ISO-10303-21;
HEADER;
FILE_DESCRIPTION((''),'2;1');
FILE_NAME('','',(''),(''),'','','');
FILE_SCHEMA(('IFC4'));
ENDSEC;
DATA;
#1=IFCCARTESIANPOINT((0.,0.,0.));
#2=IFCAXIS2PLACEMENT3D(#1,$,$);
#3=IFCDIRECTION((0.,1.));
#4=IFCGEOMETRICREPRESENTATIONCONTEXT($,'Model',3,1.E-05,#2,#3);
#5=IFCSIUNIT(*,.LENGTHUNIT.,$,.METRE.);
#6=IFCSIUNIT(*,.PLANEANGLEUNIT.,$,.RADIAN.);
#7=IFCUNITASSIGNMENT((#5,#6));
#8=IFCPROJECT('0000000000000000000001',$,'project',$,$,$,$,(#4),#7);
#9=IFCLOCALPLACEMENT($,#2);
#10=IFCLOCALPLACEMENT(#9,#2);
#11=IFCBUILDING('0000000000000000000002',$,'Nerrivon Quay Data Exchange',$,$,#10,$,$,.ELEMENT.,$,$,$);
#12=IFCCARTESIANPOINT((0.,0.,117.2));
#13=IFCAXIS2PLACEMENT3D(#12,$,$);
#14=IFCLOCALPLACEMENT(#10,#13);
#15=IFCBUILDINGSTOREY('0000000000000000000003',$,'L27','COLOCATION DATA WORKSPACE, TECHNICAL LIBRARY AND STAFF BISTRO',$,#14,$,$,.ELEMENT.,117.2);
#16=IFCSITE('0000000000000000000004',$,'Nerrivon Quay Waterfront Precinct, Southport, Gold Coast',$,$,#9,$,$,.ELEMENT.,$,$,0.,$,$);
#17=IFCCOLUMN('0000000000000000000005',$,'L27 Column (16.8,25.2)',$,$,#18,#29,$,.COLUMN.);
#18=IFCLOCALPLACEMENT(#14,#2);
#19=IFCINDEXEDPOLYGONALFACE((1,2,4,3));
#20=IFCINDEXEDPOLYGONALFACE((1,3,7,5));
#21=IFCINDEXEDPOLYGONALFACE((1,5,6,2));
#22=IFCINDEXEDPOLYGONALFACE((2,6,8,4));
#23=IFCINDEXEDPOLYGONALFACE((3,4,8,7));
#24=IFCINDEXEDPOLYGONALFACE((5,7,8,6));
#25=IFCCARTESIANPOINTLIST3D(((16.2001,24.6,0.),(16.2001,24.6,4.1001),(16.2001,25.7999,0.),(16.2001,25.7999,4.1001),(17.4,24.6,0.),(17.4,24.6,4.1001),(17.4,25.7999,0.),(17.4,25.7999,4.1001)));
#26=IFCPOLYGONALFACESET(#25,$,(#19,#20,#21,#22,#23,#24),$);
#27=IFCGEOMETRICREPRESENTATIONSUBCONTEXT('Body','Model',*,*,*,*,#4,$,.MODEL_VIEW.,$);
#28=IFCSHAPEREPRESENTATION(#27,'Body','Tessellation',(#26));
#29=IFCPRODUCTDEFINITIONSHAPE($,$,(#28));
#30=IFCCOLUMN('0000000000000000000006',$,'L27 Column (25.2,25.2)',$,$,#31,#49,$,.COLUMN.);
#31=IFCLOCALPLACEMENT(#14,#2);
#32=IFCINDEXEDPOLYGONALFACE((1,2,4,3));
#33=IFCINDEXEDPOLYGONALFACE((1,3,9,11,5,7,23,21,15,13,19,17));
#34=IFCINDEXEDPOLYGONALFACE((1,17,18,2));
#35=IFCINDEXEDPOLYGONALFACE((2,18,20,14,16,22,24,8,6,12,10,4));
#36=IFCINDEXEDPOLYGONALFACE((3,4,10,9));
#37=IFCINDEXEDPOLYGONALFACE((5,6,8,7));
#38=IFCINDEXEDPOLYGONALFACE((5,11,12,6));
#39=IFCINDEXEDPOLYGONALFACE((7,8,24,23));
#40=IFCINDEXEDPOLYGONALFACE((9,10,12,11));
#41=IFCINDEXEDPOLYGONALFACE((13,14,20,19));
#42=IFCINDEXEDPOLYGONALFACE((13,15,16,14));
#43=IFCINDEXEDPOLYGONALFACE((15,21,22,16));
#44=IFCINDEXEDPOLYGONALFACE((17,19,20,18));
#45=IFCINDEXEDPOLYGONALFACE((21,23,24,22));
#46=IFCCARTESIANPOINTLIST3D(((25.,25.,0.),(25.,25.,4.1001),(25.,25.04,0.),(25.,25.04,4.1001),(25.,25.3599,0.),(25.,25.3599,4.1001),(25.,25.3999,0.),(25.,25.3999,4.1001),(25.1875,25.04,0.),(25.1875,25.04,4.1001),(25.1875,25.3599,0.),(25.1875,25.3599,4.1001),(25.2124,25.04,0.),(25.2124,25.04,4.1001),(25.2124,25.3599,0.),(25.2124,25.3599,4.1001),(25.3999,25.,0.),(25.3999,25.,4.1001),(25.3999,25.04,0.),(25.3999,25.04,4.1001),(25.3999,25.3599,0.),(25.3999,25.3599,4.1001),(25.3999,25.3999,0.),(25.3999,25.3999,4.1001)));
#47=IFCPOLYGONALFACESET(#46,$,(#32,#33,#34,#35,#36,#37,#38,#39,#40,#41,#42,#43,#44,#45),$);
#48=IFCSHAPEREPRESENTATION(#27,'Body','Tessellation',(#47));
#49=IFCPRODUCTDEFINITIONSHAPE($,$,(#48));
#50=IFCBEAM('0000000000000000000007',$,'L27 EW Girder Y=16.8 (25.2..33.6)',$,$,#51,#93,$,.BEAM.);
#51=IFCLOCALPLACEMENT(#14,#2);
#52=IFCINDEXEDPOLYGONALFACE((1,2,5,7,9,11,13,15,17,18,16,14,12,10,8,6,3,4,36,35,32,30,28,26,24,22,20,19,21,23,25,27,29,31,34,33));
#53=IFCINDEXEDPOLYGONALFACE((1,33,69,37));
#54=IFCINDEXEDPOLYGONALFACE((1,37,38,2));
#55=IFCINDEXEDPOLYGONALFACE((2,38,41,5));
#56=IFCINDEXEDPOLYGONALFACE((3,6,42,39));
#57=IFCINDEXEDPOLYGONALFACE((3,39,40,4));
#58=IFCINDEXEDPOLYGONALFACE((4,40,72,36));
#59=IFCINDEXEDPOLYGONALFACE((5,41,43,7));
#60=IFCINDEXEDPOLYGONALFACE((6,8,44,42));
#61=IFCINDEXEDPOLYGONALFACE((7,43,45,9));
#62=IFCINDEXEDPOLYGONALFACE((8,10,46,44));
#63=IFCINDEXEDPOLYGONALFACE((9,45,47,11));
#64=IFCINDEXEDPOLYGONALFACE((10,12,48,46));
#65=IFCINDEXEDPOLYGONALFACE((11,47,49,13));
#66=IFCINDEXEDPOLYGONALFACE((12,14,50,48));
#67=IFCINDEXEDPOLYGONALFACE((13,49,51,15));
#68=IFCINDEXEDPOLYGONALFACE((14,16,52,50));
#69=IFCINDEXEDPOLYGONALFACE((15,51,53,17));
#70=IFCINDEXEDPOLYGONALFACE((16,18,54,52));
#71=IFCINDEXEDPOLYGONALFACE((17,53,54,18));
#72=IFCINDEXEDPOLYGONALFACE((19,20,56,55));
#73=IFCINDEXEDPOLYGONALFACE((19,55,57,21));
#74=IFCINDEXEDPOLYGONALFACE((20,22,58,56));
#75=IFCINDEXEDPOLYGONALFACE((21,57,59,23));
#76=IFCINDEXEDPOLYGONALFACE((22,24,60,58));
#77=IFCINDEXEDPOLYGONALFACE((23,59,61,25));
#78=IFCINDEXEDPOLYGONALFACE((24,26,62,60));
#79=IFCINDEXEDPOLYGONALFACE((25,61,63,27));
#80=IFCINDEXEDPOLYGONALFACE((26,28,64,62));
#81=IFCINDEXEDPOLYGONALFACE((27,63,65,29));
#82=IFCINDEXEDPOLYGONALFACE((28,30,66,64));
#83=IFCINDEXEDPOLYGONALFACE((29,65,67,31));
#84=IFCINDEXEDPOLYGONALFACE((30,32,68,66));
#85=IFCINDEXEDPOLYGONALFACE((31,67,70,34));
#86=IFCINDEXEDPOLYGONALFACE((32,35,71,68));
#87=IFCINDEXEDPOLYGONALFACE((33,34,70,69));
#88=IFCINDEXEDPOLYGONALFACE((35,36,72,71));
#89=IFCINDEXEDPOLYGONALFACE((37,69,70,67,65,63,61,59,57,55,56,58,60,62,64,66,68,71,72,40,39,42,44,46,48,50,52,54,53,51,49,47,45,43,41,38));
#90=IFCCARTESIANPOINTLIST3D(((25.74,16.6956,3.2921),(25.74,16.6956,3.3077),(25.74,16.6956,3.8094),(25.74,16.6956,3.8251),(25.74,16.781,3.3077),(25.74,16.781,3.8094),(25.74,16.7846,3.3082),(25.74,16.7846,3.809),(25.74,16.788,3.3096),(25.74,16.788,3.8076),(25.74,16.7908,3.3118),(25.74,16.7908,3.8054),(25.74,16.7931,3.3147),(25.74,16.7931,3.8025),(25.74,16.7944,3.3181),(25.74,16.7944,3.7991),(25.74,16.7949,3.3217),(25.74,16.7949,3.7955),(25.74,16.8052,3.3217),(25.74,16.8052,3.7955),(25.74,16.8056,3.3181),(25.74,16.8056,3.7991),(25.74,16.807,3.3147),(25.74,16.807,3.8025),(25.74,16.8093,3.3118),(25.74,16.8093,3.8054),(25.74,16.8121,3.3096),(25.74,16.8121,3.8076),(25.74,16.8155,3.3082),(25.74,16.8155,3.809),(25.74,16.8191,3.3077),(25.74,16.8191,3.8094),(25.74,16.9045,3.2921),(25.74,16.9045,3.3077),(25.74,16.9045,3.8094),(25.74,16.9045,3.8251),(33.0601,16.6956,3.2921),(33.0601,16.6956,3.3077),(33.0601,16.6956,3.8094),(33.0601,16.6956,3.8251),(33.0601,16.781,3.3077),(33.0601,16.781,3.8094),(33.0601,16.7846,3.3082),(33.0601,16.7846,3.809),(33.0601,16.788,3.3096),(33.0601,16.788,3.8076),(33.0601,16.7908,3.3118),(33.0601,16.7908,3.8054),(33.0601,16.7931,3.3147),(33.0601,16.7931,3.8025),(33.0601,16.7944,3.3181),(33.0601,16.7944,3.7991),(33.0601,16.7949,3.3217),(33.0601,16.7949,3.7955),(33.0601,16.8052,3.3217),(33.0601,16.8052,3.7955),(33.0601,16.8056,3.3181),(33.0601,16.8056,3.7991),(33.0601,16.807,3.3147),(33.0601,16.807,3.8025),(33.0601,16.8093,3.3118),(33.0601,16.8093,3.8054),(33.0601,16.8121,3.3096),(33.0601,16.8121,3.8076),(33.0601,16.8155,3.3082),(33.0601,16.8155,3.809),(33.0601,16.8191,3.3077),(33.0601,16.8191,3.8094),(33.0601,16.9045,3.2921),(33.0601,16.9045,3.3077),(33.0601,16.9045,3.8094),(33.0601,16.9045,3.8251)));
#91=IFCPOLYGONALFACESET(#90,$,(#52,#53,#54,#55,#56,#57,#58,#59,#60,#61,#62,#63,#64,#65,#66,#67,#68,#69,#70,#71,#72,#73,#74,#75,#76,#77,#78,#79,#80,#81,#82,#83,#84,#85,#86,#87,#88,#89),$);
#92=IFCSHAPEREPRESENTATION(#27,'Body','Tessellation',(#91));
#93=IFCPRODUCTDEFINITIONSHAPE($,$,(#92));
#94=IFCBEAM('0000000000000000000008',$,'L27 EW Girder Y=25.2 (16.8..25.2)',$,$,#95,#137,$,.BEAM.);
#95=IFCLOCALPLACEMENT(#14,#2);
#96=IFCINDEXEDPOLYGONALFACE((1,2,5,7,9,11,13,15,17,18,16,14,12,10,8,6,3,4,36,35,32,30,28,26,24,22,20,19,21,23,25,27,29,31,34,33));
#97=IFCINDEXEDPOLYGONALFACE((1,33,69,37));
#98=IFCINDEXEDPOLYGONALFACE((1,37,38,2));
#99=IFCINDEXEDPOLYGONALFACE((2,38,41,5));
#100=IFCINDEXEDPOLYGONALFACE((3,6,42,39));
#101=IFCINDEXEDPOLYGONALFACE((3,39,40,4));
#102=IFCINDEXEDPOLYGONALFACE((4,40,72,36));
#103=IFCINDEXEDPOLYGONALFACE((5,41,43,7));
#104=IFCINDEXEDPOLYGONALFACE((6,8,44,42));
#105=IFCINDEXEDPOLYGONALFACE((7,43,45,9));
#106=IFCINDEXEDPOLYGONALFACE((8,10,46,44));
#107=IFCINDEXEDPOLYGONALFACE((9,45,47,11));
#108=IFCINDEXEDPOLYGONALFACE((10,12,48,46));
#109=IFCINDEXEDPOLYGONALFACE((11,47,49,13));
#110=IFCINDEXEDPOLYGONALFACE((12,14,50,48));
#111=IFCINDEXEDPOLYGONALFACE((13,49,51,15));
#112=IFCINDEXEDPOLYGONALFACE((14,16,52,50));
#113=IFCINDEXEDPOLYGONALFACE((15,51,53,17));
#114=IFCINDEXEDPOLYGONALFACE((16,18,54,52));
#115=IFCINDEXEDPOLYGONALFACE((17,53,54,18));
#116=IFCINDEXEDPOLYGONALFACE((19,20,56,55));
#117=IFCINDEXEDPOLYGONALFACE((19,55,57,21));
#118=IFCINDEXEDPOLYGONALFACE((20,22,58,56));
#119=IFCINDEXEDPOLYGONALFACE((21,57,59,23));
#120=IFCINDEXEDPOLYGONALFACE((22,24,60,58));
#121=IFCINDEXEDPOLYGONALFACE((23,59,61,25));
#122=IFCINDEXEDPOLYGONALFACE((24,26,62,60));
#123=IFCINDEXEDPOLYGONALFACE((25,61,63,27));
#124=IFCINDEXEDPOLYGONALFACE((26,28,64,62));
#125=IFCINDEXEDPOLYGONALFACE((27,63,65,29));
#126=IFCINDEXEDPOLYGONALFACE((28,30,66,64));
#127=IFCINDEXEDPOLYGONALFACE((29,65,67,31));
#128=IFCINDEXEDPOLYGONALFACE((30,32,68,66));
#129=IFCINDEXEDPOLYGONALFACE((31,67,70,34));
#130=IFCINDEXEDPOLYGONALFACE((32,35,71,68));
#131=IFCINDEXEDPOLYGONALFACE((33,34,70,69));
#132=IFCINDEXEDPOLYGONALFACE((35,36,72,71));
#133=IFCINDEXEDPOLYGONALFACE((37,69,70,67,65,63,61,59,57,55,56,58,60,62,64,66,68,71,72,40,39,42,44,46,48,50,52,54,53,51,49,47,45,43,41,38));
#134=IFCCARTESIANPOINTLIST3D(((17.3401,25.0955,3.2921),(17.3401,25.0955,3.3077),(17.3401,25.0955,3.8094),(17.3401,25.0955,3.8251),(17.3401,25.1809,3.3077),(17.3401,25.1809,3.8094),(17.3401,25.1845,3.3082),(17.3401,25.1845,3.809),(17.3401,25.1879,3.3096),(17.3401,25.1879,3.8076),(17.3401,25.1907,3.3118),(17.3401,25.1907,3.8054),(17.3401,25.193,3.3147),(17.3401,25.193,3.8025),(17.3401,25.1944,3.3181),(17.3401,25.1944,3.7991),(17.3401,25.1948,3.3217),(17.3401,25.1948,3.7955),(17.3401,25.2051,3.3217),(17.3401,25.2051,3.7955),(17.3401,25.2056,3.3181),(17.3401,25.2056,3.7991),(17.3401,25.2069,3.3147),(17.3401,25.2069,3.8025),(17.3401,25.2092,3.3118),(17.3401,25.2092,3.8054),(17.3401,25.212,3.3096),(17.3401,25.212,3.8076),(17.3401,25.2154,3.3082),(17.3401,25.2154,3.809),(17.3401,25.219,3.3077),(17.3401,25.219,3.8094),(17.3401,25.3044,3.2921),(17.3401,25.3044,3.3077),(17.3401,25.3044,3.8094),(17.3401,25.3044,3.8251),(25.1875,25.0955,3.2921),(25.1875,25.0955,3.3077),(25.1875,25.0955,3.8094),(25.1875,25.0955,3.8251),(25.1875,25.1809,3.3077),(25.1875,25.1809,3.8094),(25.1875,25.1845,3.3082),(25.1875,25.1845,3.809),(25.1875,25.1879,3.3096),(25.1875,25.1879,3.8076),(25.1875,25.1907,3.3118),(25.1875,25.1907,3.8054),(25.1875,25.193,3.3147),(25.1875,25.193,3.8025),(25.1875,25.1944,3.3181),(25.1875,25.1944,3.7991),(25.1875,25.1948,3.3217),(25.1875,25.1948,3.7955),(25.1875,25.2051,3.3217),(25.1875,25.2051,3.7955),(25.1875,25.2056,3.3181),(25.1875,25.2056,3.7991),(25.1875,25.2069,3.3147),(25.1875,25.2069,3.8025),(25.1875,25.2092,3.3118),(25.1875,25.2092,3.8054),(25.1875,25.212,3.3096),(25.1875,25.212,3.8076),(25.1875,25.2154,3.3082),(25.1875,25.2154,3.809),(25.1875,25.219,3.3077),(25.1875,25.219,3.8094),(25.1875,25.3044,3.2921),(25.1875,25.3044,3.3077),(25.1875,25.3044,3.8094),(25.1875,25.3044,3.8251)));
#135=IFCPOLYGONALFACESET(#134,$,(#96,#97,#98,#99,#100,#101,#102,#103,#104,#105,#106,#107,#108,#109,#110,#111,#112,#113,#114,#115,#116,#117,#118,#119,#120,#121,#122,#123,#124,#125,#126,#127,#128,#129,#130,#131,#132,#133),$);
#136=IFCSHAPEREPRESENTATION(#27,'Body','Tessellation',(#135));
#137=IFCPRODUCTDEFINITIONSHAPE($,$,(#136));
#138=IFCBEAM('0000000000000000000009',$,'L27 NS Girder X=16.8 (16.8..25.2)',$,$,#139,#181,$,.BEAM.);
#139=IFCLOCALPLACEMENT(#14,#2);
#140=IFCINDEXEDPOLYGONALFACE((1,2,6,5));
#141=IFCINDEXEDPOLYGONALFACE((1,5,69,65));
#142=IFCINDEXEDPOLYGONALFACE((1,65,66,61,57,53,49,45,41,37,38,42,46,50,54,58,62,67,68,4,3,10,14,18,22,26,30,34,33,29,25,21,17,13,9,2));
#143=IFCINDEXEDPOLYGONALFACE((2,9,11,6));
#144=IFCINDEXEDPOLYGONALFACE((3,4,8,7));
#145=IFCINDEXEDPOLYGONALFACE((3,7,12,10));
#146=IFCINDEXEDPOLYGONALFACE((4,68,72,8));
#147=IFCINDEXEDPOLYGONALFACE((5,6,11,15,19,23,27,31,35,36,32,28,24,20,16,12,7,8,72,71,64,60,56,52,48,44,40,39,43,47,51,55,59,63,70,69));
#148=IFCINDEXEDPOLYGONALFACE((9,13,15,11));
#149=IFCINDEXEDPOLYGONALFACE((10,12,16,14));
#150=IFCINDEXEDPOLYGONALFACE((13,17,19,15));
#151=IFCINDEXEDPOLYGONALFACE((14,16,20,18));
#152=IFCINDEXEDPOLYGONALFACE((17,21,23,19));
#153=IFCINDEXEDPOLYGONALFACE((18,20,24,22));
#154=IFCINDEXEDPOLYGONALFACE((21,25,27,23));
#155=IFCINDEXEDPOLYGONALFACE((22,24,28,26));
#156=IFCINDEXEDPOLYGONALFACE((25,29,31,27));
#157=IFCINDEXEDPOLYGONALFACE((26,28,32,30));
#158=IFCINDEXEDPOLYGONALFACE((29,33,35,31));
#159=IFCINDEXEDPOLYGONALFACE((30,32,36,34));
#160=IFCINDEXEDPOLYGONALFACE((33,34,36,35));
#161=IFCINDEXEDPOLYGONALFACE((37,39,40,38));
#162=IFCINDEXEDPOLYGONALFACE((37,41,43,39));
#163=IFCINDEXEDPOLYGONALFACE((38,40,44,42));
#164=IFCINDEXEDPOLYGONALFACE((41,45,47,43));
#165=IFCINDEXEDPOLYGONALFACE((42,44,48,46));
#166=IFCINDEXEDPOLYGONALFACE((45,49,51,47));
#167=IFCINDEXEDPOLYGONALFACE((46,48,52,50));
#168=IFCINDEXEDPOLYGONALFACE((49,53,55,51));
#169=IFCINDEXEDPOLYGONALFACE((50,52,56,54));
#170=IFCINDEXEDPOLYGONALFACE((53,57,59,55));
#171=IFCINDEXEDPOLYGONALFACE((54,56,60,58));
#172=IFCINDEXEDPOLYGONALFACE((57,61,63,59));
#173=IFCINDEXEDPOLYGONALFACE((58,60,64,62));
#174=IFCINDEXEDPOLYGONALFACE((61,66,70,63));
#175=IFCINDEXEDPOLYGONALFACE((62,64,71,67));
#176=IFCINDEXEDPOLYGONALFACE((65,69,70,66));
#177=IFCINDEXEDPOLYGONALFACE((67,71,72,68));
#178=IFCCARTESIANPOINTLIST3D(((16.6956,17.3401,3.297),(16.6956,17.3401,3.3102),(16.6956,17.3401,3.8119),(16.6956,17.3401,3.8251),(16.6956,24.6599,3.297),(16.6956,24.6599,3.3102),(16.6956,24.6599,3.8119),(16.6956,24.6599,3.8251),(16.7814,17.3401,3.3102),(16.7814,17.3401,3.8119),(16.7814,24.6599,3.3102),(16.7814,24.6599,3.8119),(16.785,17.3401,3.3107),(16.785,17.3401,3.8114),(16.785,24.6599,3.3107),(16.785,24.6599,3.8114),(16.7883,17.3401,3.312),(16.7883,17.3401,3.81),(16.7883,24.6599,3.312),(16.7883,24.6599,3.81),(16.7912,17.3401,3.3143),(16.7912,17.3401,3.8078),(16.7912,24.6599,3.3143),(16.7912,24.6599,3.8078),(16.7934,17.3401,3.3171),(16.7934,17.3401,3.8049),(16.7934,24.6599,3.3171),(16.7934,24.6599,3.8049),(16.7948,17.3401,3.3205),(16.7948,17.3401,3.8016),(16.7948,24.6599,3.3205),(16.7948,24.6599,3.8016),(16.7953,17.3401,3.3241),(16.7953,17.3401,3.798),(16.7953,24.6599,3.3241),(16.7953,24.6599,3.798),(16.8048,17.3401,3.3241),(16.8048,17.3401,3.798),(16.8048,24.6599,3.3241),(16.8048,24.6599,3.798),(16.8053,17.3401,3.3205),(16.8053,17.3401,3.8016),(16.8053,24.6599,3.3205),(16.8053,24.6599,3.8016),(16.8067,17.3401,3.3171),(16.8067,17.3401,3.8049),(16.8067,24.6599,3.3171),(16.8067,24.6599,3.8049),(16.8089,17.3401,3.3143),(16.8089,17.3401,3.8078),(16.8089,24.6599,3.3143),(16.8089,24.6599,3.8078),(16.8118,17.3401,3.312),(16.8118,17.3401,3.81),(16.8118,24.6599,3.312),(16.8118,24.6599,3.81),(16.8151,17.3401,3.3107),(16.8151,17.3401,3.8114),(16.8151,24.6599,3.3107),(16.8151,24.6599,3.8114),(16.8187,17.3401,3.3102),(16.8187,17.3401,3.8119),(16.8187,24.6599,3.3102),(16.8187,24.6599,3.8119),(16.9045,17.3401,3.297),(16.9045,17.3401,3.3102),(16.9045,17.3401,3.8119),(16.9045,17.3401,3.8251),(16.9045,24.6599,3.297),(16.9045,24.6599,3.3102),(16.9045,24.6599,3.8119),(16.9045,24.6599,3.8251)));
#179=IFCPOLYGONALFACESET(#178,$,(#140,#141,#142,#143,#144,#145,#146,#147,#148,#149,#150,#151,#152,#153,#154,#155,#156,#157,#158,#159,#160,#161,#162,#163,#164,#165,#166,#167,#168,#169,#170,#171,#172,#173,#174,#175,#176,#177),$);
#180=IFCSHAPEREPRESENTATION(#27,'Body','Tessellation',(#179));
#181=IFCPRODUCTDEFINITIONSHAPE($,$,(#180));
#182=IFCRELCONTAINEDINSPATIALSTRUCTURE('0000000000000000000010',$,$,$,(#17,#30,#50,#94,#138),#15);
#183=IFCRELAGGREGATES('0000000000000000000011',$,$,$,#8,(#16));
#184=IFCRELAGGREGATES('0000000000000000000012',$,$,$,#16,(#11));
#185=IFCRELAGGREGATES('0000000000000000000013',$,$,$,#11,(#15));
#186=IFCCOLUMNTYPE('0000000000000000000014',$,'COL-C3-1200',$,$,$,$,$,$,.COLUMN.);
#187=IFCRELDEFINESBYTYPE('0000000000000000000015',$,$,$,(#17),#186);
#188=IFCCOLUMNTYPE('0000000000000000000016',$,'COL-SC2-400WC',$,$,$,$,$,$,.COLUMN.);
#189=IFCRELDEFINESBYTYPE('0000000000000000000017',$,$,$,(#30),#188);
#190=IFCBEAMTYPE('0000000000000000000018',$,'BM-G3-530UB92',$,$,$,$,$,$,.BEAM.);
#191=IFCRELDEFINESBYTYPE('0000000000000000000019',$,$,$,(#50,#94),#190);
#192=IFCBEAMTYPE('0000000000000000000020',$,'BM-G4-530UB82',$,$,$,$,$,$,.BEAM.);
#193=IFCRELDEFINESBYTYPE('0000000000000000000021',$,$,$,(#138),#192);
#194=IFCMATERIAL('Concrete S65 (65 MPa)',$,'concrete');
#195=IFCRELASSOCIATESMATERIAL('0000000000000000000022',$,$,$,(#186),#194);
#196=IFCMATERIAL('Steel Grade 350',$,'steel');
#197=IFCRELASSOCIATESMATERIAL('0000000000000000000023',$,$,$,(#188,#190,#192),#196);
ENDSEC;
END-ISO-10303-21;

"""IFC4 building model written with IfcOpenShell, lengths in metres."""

from ifc_helpers import new_model, si_unit, direction, frame, origin, origin_2d, place, context, subcontext, project, spatial, rectangle, i_section, extrude, material, material_profile, profile_set, type_object, element, save


model = new_model("IFC4")

# Units and contexts
model_context = context("Model", 3, precision=1e-05, world=origin(), true_north=direction((0.0, 1.0)))
body_context = subcontext(model_context, "Body", "Model", "MODEL_VIEW")
ifc_project = project(units=[si_unit("LENGTHUNIT", "METRE"), si_unit("PLANEANGLEUNIT", "RADIAN")], contexts=[model_context])

# Site, building, storey
site_placement = place(None, origin())
site = spatial("IfcSite", under=ifc_project, at=site_placement, Name="Nerrivon Quay Waterfront Precinct, Southport, Gold Coast", CompositionType="ELEMENT", RefElevation=0.0)
building_placement = place(site_placement, origin())
building = spatial("IfcBuilding", under=site, at=building_placement, Name="Nerrivon Quay Data Exchange", CompositionType="ELEMENT")
storey_placement = place(building_placement, frame((0.0, 0.0, 117.2)))
storey = spatial("IfcBuildingStorey", under=building, at=storey_placement, Name="L27", Description="COLOCATION DATA WORKSPACE, TECHNICAL LIBRARY AND STAFF BISTRO", CompositionType="ELEMENT", Elevation=117.2)

# Columns
ifc_material_1 = material(Name="Concrete S65 (65 MPa)", Category="concrete")
ifc_material_profile_1 = material_profile(ifc_material_1, rectangle(XDim=1.2, YDim=1.2, at=origin_2d()), Name="RC-COL-1200x1200")
ifc_profile_set_1 = profile_set([ifc_material_profile_1], Name="Concrete S65 (65 MPa)")
column_type_1 = type_object("IfcColumnType", Name="COL-C3-1200", PredefinedType="COLUMN", material=ifc_profile_set_1)
column_1_placement = place(storey_placement, frame((16.8, 25.2, 0.0), z_axis=(0.0, 0.0, 1.0), x_axis=(1.0, 0.0, 0.0)))
element("IfcColumn", 1, at=column_1_placement, inside=storey, type_object=column_type_1, Name="L27 Column (16.8,25.2)", PredefinedType="COLUMN", context=body_context, shape_type="SweptSolid", body=[
    extrude(rectangle(XDim=1.2, YDim=1.2, at=origin_2d()), origin(), (0.0, 0.0, 1.0), 4.1001),
])
ifc_material_2 = material(Name="Steel Grade 350", Category="steel")
ifc_material_profile_2 = material_profile(ifc_material_2, i_section(OverallWidth=0.3999, OverallDepth=0.3999, WebThickness=0.0249, FlangeThickness=0.04, at=origin_2d()), Name="400WC328")
ifc_profile_set_2 = profile_set([ifc_material_profile_2], Name="Steel Grade 350")
column_type_2 = type_object("IfcColumnType", Name="COL-SC2-400WC", PredefinedType="COLUMN", material=ifc_profile_set_2)
column_2_placement = place(storey_placement, frame((25.2, 25.2, 0.0), z_axis=(0.0, 0.0, 1.0), x_axis=(1.0, 0.0, 0.0)))
element("IfcColumn", 2, at=column_2_placement, inside=storey, type_object=column_type_2, Name="L27 Column (25.2,25.2)", PredefinedType="COLUMN", context=body_context, shape_type="SweptSolid", body=[
    extrude(i_section(OverallWidth=0.3999, OverallDepth=0.3999, WebThickness=0.0249, FlangeThickness=0.04, at=origin_2d()), origin(), (0.0, 0.0, 1.0), 4.1001),
])

# Beams
ifc_material_profile_3 = material_profile(ifc_material_2, i_section(OverallWidth=0.209, OverallDepth=0.533, WebThickness=0.0103, FlangeThickness=0.0156, FilletRadius=0.0139, at=origin_2d()), Name="530UB92.4")
ifc_profile_set_3 = profile_set([ifc_material_profile_3], Name="Steel Grade 350")
beam_type_1 = type_object("IfcBeamType", Name="BM-G3-530UB92", PredefinedType="BEAM", material=ifc_profile_set_3)
beam_1_placement = place(storey_placement, frame((25.74, 16.8, 3.5586), z_axis=(1.0, 0.0, 0.0), x_axis=(0.0, 1.0, 0.0)))
element("IfcBeam", 3, at=beam_1_placement, inside=storey, type_object=beam_type_1, Name="L27 EW Girder Y=16.8 (25.2..33.6)", PredefinedType="BEAM", context=body_context, shape_type="SweptSolid", body=[
    extrude(i_section(OverallWidth=0.209, OverallDepth=0.533, WebThickness=0.0103, FlangeThickness=0.0156, FilletRadius=0.0139, at=origin_2d()), origin(), (0.0, 0.0, 1.0), 7.3201),
])
beam_2_placement = place(storey_placement, frame((17.3401, 25.2, 3.5586), z_axis=(1.0, 0.0, 0.0), x_axis=(0.0, 1.0, 0.0)))
element("IfcBeam", 4, at=beam_2_placement, inside=storey, type_object=beam_type_1, Name="L27 EW Girder Y=25.2 (16.8..25.2)", PredefinedType="BEAM", context=body_context, shape_type="SweptSolid", body=[
    extrude(i_section(OverallWidth=0.209, OverallDepth=0.533, WebThickness=0.0103, FlangeThickness=0.0156, FilletRadius=0.0139, at=origin_2d()), origin(), (0.0, 0.0, 1.0), 7.8474),
])
ifc_material_profile_4 = material_profile(ifc_material_2, i_section(OverallWidth=0.209, OverallDepth=0.5281, WebThickness=0.0095, FlangeThickness=0.0132, FilletRadius=0.0139, at=origin_2d()), Name="530UB82.0")
ifc_profile_set_4 = profile_set([ifc_material_profile_4], Name="Steel Grade 350")
beam_type_2 = type_object("IfcBeamType", Name="BM-G4-530UB82", PredefinedType="BEAM", material=ifc_profile_set_4)
beam_3_placement = place(storey_placement, frame((16.8, 17.3401, 3.561), z_axis=(0.0, 1.0, 0.0), x_axis=(-1.0, 0.0, 0.0)))
element("IfcBeam", 5, at=beam_3_placement, inside=storey, type_object=beam_type_2, Name="L27 NS Girder X=16.8 (16.8..25.2)", PredefinedType="BEAM", context=body_context, shape_type="SweptSolid", body=[
    extrude(i_section(OverallWidth=0.209, OverallDepth=0.5281, WebThickness=0.0095, FlangeThickness=0.0132, FilletRadius=0.0139, at=origin_2d()), origin(), (0.0, 0.0, 1.0), 7.3198),
])

save(model, "model.ifc")
